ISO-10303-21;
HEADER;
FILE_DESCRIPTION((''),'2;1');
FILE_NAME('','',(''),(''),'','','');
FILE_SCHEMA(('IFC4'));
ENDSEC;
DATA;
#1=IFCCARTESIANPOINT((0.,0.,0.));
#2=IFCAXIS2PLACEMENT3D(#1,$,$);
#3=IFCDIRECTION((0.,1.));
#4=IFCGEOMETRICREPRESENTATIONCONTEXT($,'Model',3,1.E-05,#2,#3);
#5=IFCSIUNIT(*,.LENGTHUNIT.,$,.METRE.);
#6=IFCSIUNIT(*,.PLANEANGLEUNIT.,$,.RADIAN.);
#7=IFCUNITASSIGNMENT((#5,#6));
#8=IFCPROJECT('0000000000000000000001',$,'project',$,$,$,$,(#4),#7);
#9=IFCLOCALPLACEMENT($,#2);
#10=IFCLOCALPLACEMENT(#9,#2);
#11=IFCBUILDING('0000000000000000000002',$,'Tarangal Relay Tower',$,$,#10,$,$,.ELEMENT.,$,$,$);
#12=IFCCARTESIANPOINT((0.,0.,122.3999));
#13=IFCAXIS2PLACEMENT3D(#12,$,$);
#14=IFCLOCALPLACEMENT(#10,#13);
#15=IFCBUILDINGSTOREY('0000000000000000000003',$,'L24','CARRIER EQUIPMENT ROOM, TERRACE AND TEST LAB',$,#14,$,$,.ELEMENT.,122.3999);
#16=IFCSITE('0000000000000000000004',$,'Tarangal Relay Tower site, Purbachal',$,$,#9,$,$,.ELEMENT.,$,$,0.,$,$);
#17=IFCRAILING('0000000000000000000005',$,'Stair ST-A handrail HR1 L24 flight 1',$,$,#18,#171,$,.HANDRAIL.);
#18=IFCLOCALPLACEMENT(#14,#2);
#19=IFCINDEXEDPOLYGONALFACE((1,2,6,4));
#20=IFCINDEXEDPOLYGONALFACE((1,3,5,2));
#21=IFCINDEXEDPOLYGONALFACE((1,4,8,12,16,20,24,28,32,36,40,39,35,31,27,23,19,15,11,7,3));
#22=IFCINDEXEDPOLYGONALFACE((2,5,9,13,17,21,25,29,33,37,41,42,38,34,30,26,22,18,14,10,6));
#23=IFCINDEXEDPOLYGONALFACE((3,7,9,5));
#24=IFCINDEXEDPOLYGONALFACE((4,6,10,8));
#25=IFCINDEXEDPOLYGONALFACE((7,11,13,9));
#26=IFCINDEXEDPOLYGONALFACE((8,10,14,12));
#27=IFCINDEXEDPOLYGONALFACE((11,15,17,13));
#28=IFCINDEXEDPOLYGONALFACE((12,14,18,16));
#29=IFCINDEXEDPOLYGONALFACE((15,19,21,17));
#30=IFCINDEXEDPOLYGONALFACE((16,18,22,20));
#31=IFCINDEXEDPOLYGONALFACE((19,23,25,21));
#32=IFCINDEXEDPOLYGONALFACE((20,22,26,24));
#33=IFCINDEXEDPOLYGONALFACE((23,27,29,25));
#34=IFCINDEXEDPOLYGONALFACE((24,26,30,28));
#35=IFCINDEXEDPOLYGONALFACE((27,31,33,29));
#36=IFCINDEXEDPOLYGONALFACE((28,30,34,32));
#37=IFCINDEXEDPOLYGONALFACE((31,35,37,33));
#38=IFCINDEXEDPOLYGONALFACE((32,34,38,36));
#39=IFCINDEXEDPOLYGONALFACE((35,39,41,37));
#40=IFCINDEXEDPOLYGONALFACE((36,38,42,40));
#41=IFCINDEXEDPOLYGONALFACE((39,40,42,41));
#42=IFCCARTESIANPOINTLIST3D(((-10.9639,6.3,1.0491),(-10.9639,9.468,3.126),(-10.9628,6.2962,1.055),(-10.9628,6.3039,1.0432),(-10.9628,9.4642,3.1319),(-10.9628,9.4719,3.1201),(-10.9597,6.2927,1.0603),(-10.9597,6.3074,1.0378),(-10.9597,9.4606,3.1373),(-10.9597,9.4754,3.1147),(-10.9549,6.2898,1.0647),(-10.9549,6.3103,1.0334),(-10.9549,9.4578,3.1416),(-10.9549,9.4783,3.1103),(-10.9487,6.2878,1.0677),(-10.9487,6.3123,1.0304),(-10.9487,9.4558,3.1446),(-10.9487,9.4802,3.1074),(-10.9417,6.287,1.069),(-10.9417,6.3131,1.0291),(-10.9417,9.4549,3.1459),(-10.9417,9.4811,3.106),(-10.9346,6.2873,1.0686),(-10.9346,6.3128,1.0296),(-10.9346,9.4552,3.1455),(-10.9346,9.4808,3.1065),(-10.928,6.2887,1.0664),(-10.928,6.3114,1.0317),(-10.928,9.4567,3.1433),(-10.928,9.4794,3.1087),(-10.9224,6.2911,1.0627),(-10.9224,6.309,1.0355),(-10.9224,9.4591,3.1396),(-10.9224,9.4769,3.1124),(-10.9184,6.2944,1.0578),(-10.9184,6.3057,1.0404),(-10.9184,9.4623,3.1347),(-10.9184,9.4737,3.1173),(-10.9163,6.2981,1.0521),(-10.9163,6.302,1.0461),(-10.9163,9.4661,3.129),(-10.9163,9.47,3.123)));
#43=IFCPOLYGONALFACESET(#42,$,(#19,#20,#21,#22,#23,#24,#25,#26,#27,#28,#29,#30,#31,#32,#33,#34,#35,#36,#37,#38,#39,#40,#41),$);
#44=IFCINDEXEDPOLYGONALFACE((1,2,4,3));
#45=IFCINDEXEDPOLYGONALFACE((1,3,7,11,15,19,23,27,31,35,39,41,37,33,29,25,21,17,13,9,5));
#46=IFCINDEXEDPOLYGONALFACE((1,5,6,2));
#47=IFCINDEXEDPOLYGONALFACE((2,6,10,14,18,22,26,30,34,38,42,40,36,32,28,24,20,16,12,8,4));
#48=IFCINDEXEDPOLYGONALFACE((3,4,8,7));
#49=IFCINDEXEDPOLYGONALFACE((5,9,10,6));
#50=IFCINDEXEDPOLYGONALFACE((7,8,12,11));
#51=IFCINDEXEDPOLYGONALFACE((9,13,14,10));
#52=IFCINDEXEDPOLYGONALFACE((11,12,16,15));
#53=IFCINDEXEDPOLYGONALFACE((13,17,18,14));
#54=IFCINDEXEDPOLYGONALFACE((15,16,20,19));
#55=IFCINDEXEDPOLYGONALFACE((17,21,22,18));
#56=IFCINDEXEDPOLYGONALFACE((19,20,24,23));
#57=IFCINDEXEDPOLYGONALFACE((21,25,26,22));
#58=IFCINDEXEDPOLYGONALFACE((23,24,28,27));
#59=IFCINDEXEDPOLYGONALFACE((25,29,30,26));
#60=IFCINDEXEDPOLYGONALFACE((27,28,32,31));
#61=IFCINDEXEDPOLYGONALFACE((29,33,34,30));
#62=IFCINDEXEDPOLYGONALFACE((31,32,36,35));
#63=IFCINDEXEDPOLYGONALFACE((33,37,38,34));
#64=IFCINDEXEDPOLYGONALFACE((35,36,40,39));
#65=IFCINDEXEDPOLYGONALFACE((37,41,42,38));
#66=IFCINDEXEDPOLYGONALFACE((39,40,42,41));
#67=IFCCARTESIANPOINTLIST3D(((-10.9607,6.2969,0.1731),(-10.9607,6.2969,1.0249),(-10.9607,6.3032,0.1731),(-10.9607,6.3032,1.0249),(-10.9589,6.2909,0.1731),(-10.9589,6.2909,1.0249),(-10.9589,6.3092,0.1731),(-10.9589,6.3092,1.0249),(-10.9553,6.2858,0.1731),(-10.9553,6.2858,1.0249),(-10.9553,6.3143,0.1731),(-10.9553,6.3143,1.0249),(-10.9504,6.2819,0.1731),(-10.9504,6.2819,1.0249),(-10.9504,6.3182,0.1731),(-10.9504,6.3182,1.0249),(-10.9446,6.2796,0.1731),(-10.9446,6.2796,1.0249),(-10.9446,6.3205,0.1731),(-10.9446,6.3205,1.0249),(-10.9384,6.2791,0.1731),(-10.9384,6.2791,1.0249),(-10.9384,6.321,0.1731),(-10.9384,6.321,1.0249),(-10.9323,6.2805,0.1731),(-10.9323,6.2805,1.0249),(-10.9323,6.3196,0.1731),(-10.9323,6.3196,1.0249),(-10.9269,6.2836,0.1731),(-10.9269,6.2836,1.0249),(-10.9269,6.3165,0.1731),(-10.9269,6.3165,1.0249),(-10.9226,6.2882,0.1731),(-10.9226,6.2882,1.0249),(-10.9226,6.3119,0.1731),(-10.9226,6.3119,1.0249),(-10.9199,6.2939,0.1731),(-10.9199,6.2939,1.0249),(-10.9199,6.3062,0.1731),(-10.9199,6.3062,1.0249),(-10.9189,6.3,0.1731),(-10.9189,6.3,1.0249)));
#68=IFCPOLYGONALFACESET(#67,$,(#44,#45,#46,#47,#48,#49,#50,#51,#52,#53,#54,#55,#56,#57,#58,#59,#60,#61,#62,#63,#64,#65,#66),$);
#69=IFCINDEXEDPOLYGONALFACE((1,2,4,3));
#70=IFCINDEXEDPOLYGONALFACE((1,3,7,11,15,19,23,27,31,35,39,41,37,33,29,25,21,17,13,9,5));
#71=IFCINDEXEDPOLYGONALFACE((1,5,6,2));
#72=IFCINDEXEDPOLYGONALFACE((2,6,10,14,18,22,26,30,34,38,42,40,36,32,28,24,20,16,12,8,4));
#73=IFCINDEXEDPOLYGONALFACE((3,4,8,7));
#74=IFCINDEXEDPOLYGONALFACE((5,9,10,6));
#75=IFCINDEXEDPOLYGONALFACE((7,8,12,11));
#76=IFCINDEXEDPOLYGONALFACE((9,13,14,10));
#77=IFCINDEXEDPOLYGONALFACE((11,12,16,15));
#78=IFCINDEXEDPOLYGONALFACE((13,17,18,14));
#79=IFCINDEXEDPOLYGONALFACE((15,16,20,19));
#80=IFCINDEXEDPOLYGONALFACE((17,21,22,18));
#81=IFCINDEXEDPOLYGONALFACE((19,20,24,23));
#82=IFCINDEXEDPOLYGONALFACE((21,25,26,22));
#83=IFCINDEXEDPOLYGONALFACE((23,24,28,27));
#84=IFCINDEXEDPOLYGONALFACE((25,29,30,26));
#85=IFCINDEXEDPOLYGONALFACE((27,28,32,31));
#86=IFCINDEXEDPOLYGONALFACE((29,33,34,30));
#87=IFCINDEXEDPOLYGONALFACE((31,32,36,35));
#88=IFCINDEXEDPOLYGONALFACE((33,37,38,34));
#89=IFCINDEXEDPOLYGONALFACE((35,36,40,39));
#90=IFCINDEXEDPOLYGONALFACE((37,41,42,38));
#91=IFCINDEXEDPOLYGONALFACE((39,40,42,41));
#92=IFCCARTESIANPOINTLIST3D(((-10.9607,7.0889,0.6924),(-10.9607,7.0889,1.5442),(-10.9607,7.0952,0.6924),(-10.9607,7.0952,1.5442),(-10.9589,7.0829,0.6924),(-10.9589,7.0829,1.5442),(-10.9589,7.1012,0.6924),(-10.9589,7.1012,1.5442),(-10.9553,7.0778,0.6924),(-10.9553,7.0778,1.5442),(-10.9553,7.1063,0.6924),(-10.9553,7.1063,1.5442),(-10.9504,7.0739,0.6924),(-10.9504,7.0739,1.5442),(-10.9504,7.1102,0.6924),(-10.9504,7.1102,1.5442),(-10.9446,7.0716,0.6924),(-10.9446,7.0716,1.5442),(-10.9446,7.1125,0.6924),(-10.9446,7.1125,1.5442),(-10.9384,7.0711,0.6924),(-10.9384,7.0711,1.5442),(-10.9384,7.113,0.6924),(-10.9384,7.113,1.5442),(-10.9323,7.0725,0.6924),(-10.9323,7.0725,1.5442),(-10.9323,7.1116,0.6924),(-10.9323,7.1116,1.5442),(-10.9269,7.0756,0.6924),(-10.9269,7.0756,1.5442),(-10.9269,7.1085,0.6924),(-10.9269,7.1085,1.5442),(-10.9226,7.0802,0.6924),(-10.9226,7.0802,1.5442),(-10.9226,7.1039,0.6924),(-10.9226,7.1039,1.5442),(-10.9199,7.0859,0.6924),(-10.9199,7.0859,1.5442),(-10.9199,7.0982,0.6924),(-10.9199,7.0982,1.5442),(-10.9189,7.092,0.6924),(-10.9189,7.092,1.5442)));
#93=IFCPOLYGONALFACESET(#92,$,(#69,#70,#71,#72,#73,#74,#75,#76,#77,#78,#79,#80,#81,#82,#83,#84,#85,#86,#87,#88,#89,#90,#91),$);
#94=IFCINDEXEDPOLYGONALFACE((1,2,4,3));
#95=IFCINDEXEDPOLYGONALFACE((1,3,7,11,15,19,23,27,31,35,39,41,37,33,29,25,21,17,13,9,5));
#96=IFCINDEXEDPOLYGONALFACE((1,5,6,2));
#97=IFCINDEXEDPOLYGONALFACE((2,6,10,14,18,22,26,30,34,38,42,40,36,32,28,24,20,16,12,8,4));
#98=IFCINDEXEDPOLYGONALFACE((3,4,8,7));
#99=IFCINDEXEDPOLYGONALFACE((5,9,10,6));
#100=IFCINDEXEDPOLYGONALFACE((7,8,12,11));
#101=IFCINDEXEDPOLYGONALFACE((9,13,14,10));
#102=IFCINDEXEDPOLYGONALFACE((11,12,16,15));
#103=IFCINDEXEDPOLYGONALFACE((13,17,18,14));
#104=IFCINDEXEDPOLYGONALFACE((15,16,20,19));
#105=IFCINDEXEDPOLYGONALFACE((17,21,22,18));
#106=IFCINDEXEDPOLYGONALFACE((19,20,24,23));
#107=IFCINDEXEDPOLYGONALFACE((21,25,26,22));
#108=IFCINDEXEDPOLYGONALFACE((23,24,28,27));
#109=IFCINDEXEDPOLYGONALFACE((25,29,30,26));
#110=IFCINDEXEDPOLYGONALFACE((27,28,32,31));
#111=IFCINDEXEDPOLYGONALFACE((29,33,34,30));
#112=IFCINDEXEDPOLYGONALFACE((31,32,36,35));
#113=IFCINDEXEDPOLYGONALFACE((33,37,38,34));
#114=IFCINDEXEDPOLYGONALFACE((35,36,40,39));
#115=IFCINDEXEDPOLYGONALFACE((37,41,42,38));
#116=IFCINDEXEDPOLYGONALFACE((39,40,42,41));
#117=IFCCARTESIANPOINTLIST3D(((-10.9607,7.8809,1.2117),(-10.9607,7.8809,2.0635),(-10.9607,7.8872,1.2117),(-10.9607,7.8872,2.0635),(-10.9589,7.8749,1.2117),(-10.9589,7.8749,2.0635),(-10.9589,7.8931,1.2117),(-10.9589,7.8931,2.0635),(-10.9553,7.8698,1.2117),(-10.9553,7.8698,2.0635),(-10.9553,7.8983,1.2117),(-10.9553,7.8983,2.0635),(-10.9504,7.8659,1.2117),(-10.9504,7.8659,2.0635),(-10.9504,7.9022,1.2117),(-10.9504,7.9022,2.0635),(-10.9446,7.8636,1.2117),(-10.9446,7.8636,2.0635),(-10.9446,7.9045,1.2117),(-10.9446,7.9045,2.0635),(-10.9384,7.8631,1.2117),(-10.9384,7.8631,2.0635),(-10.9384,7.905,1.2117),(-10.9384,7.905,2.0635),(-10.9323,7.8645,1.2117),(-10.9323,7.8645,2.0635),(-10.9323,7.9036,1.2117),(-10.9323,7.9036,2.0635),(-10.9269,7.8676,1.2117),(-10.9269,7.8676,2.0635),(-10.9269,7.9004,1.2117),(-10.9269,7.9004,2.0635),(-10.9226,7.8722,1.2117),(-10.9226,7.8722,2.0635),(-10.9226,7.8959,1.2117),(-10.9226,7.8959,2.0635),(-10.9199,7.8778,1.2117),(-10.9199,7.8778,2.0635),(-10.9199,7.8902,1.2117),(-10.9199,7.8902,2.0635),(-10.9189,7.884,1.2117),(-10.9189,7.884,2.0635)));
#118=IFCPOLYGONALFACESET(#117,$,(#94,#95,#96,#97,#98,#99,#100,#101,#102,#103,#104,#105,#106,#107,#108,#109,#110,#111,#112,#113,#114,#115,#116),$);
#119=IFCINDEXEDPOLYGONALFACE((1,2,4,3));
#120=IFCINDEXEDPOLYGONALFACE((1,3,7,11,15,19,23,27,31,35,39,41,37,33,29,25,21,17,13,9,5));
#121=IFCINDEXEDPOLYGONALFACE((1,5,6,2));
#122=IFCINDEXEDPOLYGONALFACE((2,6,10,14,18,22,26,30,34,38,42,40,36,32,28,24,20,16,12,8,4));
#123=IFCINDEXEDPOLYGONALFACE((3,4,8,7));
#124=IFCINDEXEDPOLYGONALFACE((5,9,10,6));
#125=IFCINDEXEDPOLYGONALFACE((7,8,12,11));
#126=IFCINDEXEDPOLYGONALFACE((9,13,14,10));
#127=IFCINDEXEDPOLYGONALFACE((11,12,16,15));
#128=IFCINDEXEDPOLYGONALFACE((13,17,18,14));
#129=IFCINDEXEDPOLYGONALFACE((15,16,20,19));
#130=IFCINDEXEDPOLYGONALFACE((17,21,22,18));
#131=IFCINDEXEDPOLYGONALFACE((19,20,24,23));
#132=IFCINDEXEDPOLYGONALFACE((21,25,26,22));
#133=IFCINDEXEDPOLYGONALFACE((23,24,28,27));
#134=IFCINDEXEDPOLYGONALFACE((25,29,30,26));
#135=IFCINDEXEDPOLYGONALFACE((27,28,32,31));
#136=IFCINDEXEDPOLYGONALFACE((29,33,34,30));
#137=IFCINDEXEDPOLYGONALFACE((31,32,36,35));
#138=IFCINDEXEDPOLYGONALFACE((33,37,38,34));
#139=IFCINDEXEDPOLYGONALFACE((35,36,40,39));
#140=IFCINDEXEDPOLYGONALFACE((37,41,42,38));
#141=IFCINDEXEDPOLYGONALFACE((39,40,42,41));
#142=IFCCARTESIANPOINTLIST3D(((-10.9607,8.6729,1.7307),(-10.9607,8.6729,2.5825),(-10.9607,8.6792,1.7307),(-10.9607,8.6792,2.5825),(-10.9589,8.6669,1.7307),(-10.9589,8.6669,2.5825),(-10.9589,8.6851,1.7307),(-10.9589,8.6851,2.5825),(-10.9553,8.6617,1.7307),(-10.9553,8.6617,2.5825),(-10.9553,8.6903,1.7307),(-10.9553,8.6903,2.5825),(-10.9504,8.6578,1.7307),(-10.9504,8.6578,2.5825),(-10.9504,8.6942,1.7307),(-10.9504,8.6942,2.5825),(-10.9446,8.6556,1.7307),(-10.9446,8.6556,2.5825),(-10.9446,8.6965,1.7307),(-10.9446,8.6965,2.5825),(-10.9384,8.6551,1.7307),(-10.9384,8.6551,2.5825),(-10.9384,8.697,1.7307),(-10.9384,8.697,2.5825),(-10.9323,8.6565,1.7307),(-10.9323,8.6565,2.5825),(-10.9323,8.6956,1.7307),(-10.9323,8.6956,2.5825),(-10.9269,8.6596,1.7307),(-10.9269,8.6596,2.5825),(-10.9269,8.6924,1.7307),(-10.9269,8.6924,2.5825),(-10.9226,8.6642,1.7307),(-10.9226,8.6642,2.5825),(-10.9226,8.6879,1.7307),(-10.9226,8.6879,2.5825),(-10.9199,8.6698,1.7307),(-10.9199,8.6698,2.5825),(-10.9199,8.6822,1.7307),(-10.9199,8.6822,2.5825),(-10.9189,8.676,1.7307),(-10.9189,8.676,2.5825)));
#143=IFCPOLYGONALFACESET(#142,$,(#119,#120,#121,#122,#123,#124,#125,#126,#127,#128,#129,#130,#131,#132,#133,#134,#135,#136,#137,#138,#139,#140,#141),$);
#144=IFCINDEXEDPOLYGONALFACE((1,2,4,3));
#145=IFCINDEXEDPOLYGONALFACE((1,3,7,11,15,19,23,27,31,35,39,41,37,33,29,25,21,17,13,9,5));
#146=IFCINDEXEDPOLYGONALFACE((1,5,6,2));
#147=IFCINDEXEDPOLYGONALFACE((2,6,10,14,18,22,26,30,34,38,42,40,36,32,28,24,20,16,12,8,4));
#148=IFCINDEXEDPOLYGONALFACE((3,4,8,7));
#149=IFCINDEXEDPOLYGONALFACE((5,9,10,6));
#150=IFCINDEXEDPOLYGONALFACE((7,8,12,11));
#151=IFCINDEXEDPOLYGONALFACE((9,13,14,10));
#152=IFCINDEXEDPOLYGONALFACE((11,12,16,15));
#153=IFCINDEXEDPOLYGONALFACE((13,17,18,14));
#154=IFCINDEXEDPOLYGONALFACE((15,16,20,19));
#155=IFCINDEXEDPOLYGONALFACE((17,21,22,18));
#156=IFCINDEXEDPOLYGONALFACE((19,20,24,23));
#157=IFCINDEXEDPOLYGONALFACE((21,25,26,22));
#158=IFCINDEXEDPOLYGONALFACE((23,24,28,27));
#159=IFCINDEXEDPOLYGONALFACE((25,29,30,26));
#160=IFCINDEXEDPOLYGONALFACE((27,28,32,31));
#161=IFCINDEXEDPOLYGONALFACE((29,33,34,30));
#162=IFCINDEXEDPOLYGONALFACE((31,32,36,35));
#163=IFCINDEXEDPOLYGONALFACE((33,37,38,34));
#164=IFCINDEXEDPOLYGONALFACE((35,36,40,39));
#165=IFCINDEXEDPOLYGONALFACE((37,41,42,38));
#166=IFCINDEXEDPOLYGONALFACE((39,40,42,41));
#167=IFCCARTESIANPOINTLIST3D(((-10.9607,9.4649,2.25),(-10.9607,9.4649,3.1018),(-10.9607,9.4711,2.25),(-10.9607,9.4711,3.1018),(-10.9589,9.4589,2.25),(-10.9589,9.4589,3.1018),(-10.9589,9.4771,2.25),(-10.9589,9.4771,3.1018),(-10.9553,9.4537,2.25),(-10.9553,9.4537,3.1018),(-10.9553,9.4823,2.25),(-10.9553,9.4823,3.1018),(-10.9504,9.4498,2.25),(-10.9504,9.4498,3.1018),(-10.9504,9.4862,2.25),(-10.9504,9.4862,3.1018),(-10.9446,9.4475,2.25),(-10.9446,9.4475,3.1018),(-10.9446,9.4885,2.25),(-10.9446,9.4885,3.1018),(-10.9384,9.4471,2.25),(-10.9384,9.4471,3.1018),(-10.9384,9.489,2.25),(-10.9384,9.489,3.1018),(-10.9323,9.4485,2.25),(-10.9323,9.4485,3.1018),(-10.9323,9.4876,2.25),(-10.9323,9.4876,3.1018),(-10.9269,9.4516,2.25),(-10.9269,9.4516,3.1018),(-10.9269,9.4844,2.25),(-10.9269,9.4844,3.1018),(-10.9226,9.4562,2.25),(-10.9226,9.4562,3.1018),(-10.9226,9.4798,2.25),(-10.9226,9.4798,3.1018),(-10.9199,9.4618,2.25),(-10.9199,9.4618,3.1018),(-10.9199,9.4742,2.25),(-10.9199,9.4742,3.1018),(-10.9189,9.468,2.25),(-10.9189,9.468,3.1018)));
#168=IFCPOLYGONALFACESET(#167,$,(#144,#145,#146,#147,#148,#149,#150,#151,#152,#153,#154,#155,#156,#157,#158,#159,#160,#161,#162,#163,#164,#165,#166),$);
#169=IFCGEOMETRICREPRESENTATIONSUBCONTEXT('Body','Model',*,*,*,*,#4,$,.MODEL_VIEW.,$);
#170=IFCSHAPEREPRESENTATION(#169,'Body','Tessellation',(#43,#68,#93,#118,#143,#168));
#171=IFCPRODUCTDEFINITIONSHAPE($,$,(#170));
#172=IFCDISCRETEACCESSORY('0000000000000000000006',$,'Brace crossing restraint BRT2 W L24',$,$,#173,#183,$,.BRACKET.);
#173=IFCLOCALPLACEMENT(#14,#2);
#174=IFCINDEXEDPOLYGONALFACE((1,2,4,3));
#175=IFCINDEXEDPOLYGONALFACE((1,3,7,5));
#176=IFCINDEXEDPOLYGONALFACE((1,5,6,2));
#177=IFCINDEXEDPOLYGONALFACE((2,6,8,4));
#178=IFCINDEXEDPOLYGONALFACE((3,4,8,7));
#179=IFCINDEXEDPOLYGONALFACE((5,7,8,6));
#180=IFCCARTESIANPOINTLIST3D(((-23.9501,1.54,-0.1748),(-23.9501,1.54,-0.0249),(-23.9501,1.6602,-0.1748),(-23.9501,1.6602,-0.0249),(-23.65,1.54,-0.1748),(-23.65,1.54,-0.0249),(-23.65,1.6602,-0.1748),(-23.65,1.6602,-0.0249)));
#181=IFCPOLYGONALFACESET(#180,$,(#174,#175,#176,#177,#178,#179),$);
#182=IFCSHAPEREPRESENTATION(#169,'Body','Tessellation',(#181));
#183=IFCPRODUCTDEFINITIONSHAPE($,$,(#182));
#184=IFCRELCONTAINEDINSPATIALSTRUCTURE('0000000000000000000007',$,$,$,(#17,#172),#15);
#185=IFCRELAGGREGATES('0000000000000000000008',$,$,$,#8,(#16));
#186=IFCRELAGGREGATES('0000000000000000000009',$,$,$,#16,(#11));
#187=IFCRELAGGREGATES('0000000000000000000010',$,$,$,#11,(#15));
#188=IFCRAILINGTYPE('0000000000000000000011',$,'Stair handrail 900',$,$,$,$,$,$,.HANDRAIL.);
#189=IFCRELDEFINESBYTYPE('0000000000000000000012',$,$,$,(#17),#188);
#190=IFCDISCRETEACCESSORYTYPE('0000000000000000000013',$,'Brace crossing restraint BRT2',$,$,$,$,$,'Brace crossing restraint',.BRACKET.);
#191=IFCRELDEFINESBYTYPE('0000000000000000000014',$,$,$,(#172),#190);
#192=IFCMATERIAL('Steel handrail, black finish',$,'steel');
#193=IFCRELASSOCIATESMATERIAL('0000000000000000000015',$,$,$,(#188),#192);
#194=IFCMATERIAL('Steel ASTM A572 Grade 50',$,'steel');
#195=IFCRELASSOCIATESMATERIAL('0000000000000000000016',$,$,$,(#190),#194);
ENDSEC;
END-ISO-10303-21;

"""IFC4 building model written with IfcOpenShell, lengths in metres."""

from ifc_helpers import new_model, si_unit, direction, frame, origin, origin_2d, place, context, subcontext, project, spatial, rectangle, circle, extrude, material, type_object, element, save


model = new_model("IFC4")

# Units and contexts
model_context = context("Model", 3, precision=1e-05, world=origin(), true_north=direction((0.0, 1.0)))
body_context = subcontext(model_context, "Body", "Model", "MODEL_VIEW")
ifc_project = project(units=[si_unit("LENGTHUNIT", "METRE"), si_unit("PLANEANGLEUNIT", "RADIAN")], contexts=[model_context])

# Site, building, storey
site_placement = place(None, origin())
site = spatial("IfcSite", under=ifc_project, at=site_placement, Name="Tarangal Relay Tower site, Purbachal", CompositionType="ELEMENT", RefElevation=0.0)
building_placement = place(site_placement, origin())
building = spatial("IfcBuilding", under=site, at=building_placement, Name="Tarangal Relay Tower", CompositionType="ELEMENT")
storey_placement = place(building_placement, frame((0.0, 0.0, 122.3999)))
storey = spatial("IfcBuildingStorey", under=building, at=storey_placement, Name="L24", Description="CARRIER EQUIPMENT ROOM, TERRACE AND TEST LAB", CompositionType="ELEMENT", Elevation=122.3999)

# Shared definitions
ifc_material_1 = material(Name="Steel ASTM A572 Grade 50", Category="steel")

# Railing
ifc_material_2 = material(Name="Steel handrail, black finish", Category="steel")
railing_type = type_object("IfcRailingType", Name="Stair handrail 900", PredefinedType="HANDRAIL", material=ifc_material_2)
railing_placement = place(storey_placement, frame((-10.9399, 6.3, 0.1731)))
element("IfcRailing", 1, at=railing_placement, inside=storey, type_object=railing_type, Name="Stair ST-A handrail HR1 L24 flight 1", PredefinedType="HANDRAIL", context=body_context, shape_type="SweptSolid", body=[
    extrude(circle(Radius=0.0239, at=origin_2d()), frame((0.0, 0.0, 0.876), z_axis=(0.0, 0.836299, 0.548273), x_axis=(-1.0, 0.0, 0.0)), (0.0, 0.0, 1.0), 3.7881),
    extrude(circle(Radius=0.021, at=origin_2d()), origin(), (0.0, 0.0, 1.0), 0.8518),
    extrude(circle(Radius=0.021, at=origin_2d()), frame((0.0, 0.792, 0.5193)), (0.0, 0.0, 1.0), 0.8518),
    extrude(circle(Radius=0.021, at=origin_2d()), frame((0.0, 1.584, 1.0386)), (0.0, 0.0, 1.0), 0.8518),
    extrude(circle(Radius=0.021, at=origin_2d()), frame((0.0, 2.376, 1.5576)), (0.0, 0.0, 1.0), 0.8518),
    extrude(circle(Radius=0.021, at=origin_2d()), frame((0.0, 3.168, 2.0769)), (0.0, 0.0, 1.0), 0.8518),
])

# Discrete accessory
discrete_accessory_type = type_object("IfcDiscreteAccessoryType", Name="Brace crossing restraint BRT2", ElementType="Brace crossing restraint", PredefinedType="BRACKET", material=ifc_material_1)
discrete_accessory_placement = place(storey_placement, frame((-23.8, 1.6001, -0.1748), z_axis=(0.0, 0.0, 1.0), x_axis=(1.0, 0.0, 0.0)))
element("IfcDiscreteAccessory", 2, at=discrete_accessory_placement, inside=storey, type_object=discrete_accessory_type, Name="Brace crossing restraint BRT2 W L24", PredefinedType="BRACKET", context=body_context, shape_type="SweptSolid", body=[
    extrude(rectangle(XDim=0.3, YDim=0.1201, at=origin_2d()), origin(), (0.0, 0.0, 1.0), 0.1499),
])

save(model, "model.ifc")
